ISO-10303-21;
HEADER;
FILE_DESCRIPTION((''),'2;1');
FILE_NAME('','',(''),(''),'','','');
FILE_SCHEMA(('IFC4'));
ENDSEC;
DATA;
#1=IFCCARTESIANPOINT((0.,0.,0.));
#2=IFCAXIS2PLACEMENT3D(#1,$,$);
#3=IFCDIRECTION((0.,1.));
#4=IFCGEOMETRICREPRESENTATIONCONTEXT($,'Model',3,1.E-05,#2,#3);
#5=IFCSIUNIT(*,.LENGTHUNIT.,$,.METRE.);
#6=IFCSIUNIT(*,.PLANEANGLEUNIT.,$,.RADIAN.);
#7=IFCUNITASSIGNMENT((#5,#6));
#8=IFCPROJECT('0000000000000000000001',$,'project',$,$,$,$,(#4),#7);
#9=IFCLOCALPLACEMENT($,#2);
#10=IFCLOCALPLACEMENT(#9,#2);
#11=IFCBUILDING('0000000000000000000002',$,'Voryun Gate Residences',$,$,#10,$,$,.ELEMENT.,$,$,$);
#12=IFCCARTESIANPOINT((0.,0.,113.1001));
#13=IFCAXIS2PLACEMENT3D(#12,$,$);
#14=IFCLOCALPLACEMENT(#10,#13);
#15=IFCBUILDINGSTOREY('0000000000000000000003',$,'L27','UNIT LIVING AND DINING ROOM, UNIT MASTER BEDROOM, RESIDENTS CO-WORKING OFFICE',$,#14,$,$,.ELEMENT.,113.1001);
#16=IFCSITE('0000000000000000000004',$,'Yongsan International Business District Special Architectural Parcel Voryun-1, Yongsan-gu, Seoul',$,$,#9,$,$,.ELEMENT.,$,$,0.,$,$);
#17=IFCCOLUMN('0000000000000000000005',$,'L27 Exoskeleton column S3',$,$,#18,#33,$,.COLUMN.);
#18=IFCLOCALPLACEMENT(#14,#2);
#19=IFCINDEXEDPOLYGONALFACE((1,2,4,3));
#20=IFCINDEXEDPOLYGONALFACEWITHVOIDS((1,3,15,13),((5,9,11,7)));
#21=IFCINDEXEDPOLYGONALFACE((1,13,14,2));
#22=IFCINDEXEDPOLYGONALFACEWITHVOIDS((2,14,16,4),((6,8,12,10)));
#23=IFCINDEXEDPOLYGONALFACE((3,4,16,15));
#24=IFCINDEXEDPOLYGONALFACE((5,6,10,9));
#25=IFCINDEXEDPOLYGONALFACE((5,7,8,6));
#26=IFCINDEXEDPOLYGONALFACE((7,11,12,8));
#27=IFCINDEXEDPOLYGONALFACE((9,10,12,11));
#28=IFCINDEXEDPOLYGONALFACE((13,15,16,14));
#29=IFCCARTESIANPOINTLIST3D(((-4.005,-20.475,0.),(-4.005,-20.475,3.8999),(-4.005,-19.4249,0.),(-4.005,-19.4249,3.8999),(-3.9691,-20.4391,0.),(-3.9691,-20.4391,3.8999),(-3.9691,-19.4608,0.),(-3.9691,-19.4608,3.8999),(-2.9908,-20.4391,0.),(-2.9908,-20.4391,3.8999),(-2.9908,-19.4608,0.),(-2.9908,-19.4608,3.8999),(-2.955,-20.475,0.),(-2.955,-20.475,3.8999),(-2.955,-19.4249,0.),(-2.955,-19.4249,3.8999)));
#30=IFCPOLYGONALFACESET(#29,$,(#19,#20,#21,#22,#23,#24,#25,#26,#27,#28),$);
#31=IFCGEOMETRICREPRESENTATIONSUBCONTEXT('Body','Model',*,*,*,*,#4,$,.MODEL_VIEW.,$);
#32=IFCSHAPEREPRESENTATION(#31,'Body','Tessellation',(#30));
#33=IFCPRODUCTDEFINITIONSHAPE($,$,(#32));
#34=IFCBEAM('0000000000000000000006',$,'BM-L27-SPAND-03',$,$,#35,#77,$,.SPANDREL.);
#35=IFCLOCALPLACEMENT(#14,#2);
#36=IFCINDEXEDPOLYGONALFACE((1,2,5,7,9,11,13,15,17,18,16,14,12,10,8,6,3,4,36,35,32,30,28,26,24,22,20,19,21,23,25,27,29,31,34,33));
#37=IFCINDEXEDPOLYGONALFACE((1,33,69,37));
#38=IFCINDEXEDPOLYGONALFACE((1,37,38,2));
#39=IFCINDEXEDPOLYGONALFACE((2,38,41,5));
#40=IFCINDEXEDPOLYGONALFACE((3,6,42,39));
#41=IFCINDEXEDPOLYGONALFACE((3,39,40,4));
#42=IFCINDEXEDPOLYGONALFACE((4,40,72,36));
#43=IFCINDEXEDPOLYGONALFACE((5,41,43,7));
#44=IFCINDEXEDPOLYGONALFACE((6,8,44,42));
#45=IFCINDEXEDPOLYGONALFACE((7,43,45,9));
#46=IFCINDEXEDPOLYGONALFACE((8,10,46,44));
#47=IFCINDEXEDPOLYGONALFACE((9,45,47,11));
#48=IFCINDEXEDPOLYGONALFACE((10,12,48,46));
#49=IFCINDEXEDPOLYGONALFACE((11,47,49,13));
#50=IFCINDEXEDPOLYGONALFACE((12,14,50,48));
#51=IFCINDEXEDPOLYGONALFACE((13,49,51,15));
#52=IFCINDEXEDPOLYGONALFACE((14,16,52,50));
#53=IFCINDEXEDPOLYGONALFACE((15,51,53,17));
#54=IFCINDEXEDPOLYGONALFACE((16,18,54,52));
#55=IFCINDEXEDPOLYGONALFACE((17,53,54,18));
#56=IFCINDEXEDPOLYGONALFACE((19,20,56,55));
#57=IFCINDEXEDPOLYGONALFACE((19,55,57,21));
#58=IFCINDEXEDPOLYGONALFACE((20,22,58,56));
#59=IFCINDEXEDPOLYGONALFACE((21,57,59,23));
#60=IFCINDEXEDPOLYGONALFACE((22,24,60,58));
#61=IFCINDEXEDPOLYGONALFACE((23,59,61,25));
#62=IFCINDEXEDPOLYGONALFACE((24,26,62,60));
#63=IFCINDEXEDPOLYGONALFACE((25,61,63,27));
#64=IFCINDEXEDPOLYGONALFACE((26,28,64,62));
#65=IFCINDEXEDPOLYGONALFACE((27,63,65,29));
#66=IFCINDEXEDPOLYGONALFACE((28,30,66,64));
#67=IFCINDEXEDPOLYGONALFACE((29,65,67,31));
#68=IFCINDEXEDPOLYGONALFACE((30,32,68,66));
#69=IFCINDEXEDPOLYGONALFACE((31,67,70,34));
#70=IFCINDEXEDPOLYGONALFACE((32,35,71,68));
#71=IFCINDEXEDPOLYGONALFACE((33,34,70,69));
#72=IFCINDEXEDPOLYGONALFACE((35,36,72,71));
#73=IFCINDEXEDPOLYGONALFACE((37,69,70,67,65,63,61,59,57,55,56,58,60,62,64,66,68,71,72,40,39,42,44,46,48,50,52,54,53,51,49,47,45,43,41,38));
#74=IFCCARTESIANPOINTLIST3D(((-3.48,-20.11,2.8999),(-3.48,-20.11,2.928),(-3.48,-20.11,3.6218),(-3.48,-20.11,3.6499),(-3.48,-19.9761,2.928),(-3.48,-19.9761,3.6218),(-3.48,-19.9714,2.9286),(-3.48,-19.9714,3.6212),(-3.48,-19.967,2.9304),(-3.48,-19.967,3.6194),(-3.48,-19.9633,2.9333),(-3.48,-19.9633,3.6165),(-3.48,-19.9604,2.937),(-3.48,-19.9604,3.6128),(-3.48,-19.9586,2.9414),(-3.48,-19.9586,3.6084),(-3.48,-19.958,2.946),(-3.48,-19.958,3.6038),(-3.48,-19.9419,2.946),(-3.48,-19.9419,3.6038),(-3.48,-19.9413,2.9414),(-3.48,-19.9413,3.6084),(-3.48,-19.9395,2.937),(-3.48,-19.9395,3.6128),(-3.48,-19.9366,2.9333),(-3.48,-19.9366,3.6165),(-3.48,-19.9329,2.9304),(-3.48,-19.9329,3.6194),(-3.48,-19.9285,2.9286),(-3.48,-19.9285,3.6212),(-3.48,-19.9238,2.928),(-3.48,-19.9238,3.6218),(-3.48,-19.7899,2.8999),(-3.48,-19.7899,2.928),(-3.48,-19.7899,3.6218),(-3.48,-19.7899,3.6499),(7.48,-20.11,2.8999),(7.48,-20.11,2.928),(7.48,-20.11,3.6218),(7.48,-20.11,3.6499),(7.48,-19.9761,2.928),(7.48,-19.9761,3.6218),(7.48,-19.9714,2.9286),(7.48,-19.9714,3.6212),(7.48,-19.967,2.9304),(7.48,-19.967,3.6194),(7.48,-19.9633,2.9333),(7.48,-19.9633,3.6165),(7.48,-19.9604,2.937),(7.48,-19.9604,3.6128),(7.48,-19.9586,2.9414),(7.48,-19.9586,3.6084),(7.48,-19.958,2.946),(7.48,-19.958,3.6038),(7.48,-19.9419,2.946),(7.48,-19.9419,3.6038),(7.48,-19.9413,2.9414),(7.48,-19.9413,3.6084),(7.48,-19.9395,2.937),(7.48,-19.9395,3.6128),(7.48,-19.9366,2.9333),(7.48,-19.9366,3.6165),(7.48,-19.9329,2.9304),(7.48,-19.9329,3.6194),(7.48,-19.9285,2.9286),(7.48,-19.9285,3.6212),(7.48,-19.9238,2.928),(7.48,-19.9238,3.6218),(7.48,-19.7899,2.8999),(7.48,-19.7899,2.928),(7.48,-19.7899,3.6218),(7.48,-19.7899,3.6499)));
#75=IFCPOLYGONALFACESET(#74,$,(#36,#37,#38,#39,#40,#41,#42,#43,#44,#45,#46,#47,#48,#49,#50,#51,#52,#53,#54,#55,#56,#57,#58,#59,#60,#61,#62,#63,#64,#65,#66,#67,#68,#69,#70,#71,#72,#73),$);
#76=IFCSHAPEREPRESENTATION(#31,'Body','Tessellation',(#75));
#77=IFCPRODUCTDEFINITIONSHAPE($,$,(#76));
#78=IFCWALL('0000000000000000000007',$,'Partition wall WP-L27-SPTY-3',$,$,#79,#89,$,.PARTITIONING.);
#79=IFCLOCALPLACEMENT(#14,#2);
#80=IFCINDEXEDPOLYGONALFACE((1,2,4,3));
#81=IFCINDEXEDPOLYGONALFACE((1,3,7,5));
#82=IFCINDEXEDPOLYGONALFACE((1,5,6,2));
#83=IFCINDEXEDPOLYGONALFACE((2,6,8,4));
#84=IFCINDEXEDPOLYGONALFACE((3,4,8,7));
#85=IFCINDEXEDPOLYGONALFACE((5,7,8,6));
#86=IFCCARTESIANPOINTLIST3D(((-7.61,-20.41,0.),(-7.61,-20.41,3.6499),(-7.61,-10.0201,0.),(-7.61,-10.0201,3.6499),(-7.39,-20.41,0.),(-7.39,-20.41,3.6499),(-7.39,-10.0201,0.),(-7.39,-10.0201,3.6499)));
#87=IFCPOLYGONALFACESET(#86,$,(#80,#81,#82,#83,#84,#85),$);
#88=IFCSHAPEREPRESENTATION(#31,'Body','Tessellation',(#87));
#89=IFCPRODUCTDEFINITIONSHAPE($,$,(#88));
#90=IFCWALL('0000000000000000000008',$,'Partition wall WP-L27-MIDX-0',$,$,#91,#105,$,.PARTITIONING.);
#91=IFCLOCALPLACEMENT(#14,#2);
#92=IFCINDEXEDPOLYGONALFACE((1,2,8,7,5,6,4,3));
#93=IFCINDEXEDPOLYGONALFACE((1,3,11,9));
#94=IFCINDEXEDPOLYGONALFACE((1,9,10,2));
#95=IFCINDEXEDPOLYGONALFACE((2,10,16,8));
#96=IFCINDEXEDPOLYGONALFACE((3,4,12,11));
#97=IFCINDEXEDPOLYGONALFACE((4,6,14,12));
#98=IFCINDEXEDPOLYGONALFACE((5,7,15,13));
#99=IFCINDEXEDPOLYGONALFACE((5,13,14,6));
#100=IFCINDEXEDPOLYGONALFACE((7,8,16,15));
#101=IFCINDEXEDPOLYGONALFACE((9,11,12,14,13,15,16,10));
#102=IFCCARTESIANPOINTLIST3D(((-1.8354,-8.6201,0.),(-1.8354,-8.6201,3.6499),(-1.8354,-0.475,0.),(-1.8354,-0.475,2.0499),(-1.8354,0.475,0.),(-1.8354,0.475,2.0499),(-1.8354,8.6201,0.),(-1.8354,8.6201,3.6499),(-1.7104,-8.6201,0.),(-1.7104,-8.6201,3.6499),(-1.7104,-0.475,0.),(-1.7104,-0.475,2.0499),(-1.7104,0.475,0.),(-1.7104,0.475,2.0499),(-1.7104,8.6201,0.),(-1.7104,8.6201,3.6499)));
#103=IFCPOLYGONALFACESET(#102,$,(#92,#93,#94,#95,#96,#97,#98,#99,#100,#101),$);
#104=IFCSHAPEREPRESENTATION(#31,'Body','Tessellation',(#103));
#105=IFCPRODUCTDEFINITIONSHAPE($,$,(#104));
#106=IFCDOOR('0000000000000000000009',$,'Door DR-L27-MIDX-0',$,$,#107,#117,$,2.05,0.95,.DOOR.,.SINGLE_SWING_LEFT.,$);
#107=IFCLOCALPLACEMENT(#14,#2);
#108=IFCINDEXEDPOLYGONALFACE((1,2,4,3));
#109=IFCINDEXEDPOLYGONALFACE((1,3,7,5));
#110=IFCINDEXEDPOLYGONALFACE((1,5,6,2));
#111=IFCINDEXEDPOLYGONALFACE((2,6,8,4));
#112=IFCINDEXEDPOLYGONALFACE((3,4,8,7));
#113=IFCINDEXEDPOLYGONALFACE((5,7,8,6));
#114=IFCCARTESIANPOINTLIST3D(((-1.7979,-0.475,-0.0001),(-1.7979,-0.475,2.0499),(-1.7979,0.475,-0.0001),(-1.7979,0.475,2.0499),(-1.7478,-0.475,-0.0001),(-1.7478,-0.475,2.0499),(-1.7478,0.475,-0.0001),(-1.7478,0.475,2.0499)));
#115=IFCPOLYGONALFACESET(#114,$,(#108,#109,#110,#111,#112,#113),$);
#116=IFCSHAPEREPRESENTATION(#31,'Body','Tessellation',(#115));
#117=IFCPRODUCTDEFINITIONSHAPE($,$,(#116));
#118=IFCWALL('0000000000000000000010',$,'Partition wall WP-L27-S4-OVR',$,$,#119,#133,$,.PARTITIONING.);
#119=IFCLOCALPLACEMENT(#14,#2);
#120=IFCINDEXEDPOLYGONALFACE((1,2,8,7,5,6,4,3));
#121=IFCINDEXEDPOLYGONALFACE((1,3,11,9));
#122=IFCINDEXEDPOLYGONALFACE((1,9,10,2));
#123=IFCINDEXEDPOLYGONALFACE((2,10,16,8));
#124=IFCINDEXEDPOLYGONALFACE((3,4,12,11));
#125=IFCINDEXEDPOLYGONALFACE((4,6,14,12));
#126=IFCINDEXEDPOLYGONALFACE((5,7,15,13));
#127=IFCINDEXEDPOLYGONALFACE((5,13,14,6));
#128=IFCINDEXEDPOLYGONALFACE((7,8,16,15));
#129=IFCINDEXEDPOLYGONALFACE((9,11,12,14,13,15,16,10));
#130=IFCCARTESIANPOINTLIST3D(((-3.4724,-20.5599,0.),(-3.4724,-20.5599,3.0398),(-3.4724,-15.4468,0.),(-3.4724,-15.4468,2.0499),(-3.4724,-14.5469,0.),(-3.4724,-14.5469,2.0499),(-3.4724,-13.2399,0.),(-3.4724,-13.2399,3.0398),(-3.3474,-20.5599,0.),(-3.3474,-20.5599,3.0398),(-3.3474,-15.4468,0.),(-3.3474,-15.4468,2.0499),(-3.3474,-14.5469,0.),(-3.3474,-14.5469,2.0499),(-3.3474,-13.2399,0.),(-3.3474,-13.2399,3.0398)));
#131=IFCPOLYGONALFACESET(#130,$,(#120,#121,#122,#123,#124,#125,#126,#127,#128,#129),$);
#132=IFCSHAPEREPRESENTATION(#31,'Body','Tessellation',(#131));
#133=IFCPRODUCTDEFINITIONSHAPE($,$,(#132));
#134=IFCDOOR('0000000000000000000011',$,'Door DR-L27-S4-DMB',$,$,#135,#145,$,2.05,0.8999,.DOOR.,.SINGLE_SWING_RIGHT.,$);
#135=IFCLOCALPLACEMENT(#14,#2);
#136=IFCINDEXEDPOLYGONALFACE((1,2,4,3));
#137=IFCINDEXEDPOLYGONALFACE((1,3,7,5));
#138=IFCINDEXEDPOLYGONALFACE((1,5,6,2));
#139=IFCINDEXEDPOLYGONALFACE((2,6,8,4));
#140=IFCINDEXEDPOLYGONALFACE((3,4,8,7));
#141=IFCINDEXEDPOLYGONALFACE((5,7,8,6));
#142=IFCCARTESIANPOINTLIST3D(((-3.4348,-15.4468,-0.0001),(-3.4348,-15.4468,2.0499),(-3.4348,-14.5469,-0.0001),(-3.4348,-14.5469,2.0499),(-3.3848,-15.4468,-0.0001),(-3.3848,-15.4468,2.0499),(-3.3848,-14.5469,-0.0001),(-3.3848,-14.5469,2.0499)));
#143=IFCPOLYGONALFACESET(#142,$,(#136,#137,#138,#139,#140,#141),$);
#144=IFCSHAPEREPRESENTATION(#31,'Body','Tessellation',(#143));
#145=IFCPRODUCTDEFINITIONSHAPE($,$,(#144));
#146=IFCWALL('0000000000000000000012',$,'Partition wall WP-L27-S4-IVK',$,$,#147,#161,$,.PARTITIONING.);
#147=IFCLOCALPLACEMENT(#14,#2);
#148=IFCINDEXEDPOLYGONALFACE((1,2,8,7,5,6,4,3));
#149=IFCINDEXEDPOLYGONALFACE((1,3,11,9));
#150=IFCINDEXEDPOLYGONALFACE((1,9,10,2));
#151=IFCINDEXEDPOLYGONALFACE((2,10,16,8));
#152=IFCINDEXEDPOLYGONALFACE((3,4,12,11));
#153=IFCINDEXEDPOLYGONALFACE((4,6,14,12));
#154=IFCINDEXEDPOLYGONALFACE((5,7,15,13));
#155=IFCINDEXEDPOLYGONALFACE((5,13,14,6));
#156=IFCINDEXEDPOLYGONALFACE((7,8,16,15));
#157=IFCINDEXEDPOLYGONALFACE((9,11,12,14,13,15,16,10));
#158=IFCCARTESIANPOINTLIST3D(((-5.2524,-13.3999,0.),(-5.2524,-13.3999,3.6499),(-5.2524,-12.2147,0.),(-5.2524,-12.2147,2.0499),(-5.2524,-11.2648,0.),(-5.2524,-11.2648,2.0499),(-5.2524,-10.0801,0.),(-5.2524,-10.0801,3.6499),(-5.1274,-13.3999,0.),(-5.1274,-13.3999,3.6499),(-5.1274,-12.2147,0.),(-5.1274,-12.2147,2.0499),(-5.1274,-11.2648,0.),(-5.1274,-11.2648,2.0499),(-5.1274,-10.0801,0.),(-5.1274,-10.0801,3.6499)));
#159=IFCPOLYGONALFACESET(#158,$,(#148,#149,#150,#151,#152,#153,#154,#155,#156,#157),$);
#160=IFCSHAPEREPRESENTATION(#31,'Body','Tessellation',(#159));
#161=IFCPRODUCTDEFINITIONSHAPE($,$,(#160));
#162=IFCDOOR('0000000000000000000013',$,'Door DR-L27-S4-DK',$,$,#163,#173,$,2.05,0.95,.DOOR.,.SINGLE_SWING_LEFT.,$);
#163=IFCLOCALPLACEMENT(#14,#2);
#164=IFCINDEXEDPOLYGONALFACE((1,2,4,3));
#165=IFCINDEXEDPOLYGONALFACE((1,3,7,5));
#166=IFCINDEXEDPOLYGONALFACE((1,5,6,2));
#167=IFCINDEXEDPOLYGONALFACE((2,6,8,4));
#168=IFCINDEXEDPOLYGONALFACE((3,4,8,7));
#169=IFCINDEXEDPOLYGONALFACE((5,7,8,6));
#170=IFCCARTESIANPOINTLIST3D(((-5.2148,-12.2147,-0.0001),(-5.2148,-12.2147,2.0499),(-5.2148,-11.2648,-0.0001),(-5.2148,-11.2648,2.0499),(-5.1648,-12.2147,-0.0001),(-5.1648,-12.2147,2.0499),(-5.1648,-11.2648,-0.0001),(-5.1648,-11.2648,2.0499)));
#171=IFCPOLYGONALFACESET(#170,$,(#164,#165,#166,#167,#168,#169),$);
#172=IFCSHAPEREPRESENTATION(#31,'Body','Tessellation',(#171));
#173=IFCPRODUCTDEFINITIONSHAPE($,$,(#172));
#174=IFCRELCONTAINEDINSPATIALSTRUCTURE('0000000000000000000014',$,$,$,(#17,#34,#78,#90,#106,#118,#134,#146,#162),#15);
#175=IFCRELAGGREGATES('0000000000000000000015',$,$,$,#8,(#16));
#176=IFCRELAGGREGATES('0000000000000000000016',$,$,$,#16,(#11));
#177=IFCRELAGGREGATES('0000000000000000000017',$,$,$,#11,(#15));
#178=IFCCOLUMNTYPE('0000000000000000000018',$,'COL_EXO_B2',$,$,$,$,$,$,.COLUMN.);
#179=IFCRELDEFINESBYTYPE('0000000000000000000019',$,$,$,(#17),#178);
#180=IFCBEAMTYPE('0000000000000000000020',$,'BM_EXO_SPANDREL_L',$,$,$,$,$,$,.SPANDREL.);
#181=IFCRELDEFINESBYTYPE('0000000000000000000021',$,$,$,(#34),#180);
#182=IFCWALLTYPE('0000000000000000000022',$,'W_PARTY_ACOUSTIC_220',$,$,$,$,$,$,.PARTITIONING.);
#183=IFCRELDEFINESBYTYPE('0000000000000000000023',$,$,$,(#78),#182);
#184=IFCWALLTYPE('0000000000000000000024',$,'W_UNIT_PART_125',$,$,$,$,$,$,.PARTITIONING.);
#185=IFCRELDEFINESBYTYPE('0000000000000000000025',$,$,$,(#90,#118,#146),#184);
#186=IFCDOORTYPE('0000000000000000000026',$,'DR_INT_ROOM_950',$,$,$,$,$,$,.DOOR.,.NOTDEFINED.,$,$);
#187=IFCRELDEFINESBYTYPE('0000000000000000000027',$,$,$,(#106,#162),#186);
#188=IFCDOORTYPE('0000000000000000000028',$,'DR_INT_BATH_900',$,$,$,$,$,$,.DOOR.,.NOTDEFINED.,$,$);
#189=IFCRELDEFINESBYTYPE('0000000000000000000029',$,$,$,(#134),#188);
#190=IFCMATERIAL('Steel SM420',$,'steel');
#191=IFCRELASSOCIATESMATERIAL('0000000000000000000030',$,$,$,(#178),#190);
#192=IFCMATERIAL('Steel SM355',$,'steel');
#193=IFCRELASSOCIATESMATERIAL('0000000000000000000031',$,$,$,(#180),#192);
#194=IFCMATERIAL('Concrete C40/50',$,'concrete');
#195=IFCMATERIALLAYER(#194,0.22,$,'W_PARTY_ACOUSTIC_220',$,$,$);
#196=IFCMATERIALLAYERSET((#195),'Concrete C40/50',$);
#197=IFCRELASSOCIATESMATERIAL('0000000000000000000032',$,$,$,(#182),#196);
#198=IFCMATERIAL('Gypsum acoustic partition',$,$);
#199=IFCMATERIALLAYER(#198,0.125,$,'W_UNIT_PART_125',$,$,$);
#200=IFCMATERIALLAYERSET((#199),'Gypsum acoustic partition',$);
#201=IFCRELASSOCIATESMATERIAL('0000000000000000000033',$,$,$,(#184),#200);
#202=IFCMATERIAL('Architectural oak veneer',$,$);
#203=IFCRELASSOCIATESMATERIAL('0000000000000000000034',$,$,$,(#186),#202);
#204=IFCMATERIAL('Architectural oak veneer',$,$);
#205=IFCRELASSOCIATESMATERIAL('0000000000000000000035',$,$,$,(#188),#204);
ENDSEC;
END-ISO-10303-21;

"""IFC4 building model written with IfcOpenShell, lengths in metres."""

from ifc_helpers import new_model, si_unit, direction, frame, frame_2d, origin, origin_2d, place, context, subcontext, project, spatial, rectangle, hollow_rectangle, i_section, extrude, material, layer, layer_set, material_profile, profile_set, type_object, element, fill, save


model = new_model("IFC4")

# Units and contexts
model_context = context("Model", 3, precision=1e-05, world=origin(), true_north=direction((0.0, 1.0)))
body_context = subcontext(model_context, "Body", "Model", "MODEL_VIEW")
ifc_project = project(units=[si_unit("LENGTHUNIT", "METRE"), si_unit("PLANEANGLEUNIT", "RADIAN")], contexts=[model_context])

# Site, building, storey
site_placement = place(None, origin())
site = spatial("IfcSite", under=ifc_project, at=site_placement, Name="Yongsan International Business District Special Architectural Parcel Voryun-1, Yongsan-gu, Seoul", CompositionType="ELEMENT", RefElevation=0.0)
building_placement = place(site_placement, origin())
building = spatial("IfcBuilding", under=site, at=building_placement, Name="Voryun Gate Residences", CompositionType="ELEMENT")
storey_placement = place(building_placement, frame((0.0, 0.0, 113.1001)))
storey = spatial("IfcBuildingStorey", under=building, at=storey_placement, Name="L27", Description="UNIT LIVING AND DINING ROOM, UNIT MASTER BEDROOM, RESIDENTS CO-WORKING OFFICE", CompositionType="ELEMENT", Elevation=113.1001)

# Column
ifc_material_1 = material(Name="Steel SM420", Category="steel")
ifc_material_profile_1 = material_profile(ifc_material_1, hollow_rectangle(XDim=1.05, YDim=1.05, WallThickness=0.0359, at=origin_2d()), Name="BOX-1050x1050x36")
ifc_profile_set_1 = profile_set([ifc_material_profile_1], Name="Steel SM420")
column_type = type_object("IfcColumnType", Name="COL_EXO_B2", PredefinedType="COLUMN", material=ifc_profile_set_1)
column_placement = place(storey_placement, frame((-3.48, -19.95, 0.0), z_axis=(0.0, 0.0, 1.0), x_axis=(1.0, 0.0, 0.0)))
element("IfcColumn", 1, at=column_placement, inside=storey, type_object=column_type, Name="L27 Exoskeleton column S3", PredefinedType="COLUMN", context=body_context, shape_type="SweptSolid", body=[
    extrude(hollow_rectangle(XDim=1.05, YDim=1.05, WallThickness=0.0359, at=origin_2d()), origin(), (0.0, 0.0, 1.0), 3.8999),
])

# Beam
ifc_material_2 = material(Name="Steel SM355", Category="steel")
ifc_material_profile_2 = material_profile(ifc_material_2, i_section(OverallWidth=0.3201, OverallDepth=0.75, WebThickness=0.0161, FlangeThickness=0.0281, FilletRadius=0.0181, at=origin_2d()), Name="H-750x320x16x28")
ifc_profile_set_2 = profile_set([ifc_material_profile_2], Name="Steel SM355")
beam_type = type_object("IfcBeamType", Name="BM_EXO_SPANDREL_L", PredefinedType="SPANDREL", material=ifc_profile_set_2)
beam_placement = place(storey_placement, frame((-3.48, -19.95, 3.2749), z_axis=(1.0, 0.0, 0.0), x_axis=(0.0, 1.0, 0.0)))
element("IfcBeam", 2, at=beam_placement, inside=storey, type_object=beam_type, Name="BM-L27-SPAND-03", PredefinedType="SPANDREL", context=body_context, shape_type="SweptSolid", body=[
    extrude(i_section(OverallWidth=0.3201, OverallDepth=0.75, WebThickness=0.0161, FlangeThickness=0.0281, FilletRadius=0.0181, at=origin_2d()), origin(), (0.0, 0.0, 1.0), 10.96),
])

# Wall
ifc_material_3 = material(Name="Concrete C40/50", Category="concrete")
ifc_layer_1 = layer(ifc_material_3, 0.22, Name="W_PARTY_ACOUSTIC_220")
ifc_layer_set_1 = layer_set([ifc_layer_1], Name="Concrete C40/50")
wall_type_1 = type_object("IfcWallType", Name="W_PARTY_ACOUSTIC_220", PredefinedType="PARTITIONING", material=ifc_layer_set_1)
wall_1_placement = place(storey_placement, frame((-7.5, -20.4099, 0.0), z_axis=(0.0, 0.0, 1.0), x_axis=(0.0, 1.0, 0.0)))
element("IfcWall", 3, at=wall_1_placement, inside=storey, type_object=wall_type_1, Name="Partition wall WP-L27-SPTY-3", PredefinedType="PARTITIONING", context=body_context, shape_type="SweptSolid", body=[
    extrude(rectangle(XDim=10.3899, YDim=0.22, at=frame_2d((5.1948, 0.0))), origin(), (0.0, 0.0, 1.0), 3.6499),
])

# Walls, openings, doors
ifc_material_4 = material(Name="Gypsum acoustic partition")
ifc_layer_2 = layer(ifc_material_4, 0.125, Name="W_UNIT_PART_125")
ifc_layer_set_2 = layer_set([ifc_layer_2], Name="Gypsum acoustic partition")
wall_type_2 = type_object("IfcWallType", Name="W_UNIT_PART_125", PredefinedType="PARTITIONING", material=ifc_layer_set_2)
wall_2_placement = place(storey_placement, frame((-1.7729, -8.6201, 0.0), z_axis=(0.0, 0.0, 1.0), x_axis=(0.0, 1.0, 0.0)))
wall_2 = element("IfcWall", 4, at=wall_2_placement, inside=storey, type_object=wall_type_2, Name="Partition wall WP-L27-MIDX-0", PredefinedType="PARTITIONING", context=body_context, shape_type="SweptSolid", body=[
    extrude(rectangle(XDim=17.2402, YDim=0.125, at=frame_2d((8.6201, 0.0))), origin(), (0.0, 0.0, 1.0), 3.6499),
])
opening_1_placement = place(wall_2_placement, frame((8.145, 0.0, 0.0)))
opening_1 = element("IfcOpeningElement", 5, at=opening_1_placement, cuts=wall_2, PredefinedType="OPENING", context=body_context, shape_type="SweptSolid", body=[
    extrude(rectangle(XDim=0.95, YDim=2.05, at=frame_2d((0.4751, 1.0249))), frame((0.0, 0.0725, 0.0), z_axis=(0.0, -1.0, 0.0), x_axis=(1.0, 0.0, 0.0)), (0.0, 0.0, 1.0), 0.145),
])
ifc_material_5 = material(Name="Architectural oak veneer")
door_type_1 = type_object("IfcDoorType", Name="DR_INT_ROOM_950", OperationType="NOTDEFINED", PredefinedType="DOOR", material=ifc_material_5)
door_1_placement = place(opening_1_placement, origin())
door_1 = element("IfcDoor", 6, at=door_1_placement, inside=storey, type_object=door_type_1, Name="Door DR-L27-MIDX-0", OperationType="SINGLE_SWING_LEFT", OverallHeight=2.05, OverallWidth=0.95, PredefinedType="DOOR", context=body_context, shape_type="SweptSolid", body=[
    extrude(rectangle(XDim=0.95, YDim=2.05, at=frame_2d((0.4751, 1.0249))), frame((0.0, 0.0249, 0.0), z_axis=(0.0, -1.0, 0.0), x_axis=(1.0, 0.0, 0.0)), (0.0, 0.0, 1.0), 0.05),
])
fill(opening_1, door_1)
wall_3_placement = place(storey_placement, frame((-3.4099, -20.5601, 0.0), z_axis=(0.0, 0.0, 1.0), x_axis=(0.0, 1.0, 0.0)))
wall_3 = element("IfcWall", 7, at=wall_3_placement, inside=storey, type_object=wall_type_2, Name="Partition wall WP-L27-S4-OVR", PredefinedType="PARTITIONING", context=body_context, shape_type="SweptSolid", body=[
    extrude(rectangle(XDim=7.3201, YDim=0.125, at=frame_2d((3.6602, 0.0))), origin(), (0.0, 0.0, 1.0), 3.0398),
])
opening_2_placement = place(wall_3_placement, frame((5.1133, 0.0, 0.0)))
opening_2 = element("IfcOpeningElement", 8, at=opening_2_placement, cuts=wall_3, PredefinedType="OPENING", context=body_context, shape_type="SweptSolid", body=[
    extrude(rectangle(XDim=0.8999, YDim=2.05, at=frame_2d((0.45, 1.0249))), frame((0.0, 0.0725, 0.0), z_axis=(0.0, -1.0, 0.0), x_axis=(1.0, 0.0, 0.0)), (0.0, 0.0, 1.0), 0.145),
])
ifc_material_6 = material(Name="Architectural oak veneer")
door_type_2 = type_object("IfcDoorType", Name="DR_INT_BATH_900", OperationType="NOTDEFINED", PredefinedType="DOOR", material=ifc_material_6)
door_2_placement = place(opening_2_placement, origin())
door_2 = element("IfcDoor", 9, at=door_2_placement, inside=storey, type_object=door_type_2, Name="Door DR-L27-S4-DMB", OperationType="SINGLE_SWING_RIGHT", OverallHeight=2.05, OverallWidth=0.8999, PredefinedType="DOOR", context=body_context, shape_type="SweptSolid", body=[
    extrude(rectangle(XDim=0.8999, YDim=2.05, at=frame_2d((0.45, 1.0249))), frame((0.0, 0.0249, 0.0), z_axis=(0.0, -1.0, 0.0), x_axis=(1.0, 0.0, 0.0)), (0.0, 0.0, 1.0), 0.05),
])
fill(opening_2, door_2)
wall_4_placement = place(storey_placement, frame((-5.1899, -13.3999, 0.0), z_axis=(0.0, 0.0, 1.0), x_axis=(0.0, 1.0, 0.0)))
wall_4 = element("IfcWall", 10, at=wall_4_placement, inside=storey, type_object=wall_type_2, Name="Partition wall WP-L27-S4-IVK", PredefinedType="PARTITIONING", context=body_context, shape_type="SweptSolid", body=[
    extrude(rectangle(XDim=3.3198, YDim=0.125, at=frame_2d((1.6599, 0.0))), origin(), (0.0, 0.0, 1.0), 3.6499),
])
opening_3_placement = place(wall_4_placement, frame((1.1851, 0.0, 0.0)))
opening_3 = element("IfcOpeningElement", 11, at=opening_3_placement, cuts=wall_4, PredefinedType="OPENING", context=body_context, shape_type="SweptSolid", body=[
    extrude(rectangle(XDim=0.95, YDim=2.05, at=frame_2d((0.4751, 1.0249))), frame((0.0, 0.0725, 0.0), z_axis=(0.0, -1.0, 0.0), x_axis=(1.0, 0.0, 0.0)), (0.0, 0.0, 1.0), 0.145),
])
door_3_placement = place(opening_3_placement, origin())
door_3 = element("IfcDoor", 12, at=door_3_placement, inside=storey, type_object=door_type_1, Name="Door DR-L27-S4-DK", OperationType="SINGLE_SWING_LEFT", OverallHeight=2.05, OverallWidth=0.95, PredefinedType="DOOR", context=body_context, shape_type="SweptSolid", body=[
    extrude(rectangle(XDim=0.95, YDim=2.05, at=frame_2d((0.4751, 1.0249))), frame((0.0, 0.0249, 0.0), z_axis=(0.0, -1.0, 0.0), x_axis=(1.0, 0.0, 0.0)), (0.0, 0.0, 1.0), 0.05),
])
fill(opening_3, door_3)

save(model, "model.ifc")
